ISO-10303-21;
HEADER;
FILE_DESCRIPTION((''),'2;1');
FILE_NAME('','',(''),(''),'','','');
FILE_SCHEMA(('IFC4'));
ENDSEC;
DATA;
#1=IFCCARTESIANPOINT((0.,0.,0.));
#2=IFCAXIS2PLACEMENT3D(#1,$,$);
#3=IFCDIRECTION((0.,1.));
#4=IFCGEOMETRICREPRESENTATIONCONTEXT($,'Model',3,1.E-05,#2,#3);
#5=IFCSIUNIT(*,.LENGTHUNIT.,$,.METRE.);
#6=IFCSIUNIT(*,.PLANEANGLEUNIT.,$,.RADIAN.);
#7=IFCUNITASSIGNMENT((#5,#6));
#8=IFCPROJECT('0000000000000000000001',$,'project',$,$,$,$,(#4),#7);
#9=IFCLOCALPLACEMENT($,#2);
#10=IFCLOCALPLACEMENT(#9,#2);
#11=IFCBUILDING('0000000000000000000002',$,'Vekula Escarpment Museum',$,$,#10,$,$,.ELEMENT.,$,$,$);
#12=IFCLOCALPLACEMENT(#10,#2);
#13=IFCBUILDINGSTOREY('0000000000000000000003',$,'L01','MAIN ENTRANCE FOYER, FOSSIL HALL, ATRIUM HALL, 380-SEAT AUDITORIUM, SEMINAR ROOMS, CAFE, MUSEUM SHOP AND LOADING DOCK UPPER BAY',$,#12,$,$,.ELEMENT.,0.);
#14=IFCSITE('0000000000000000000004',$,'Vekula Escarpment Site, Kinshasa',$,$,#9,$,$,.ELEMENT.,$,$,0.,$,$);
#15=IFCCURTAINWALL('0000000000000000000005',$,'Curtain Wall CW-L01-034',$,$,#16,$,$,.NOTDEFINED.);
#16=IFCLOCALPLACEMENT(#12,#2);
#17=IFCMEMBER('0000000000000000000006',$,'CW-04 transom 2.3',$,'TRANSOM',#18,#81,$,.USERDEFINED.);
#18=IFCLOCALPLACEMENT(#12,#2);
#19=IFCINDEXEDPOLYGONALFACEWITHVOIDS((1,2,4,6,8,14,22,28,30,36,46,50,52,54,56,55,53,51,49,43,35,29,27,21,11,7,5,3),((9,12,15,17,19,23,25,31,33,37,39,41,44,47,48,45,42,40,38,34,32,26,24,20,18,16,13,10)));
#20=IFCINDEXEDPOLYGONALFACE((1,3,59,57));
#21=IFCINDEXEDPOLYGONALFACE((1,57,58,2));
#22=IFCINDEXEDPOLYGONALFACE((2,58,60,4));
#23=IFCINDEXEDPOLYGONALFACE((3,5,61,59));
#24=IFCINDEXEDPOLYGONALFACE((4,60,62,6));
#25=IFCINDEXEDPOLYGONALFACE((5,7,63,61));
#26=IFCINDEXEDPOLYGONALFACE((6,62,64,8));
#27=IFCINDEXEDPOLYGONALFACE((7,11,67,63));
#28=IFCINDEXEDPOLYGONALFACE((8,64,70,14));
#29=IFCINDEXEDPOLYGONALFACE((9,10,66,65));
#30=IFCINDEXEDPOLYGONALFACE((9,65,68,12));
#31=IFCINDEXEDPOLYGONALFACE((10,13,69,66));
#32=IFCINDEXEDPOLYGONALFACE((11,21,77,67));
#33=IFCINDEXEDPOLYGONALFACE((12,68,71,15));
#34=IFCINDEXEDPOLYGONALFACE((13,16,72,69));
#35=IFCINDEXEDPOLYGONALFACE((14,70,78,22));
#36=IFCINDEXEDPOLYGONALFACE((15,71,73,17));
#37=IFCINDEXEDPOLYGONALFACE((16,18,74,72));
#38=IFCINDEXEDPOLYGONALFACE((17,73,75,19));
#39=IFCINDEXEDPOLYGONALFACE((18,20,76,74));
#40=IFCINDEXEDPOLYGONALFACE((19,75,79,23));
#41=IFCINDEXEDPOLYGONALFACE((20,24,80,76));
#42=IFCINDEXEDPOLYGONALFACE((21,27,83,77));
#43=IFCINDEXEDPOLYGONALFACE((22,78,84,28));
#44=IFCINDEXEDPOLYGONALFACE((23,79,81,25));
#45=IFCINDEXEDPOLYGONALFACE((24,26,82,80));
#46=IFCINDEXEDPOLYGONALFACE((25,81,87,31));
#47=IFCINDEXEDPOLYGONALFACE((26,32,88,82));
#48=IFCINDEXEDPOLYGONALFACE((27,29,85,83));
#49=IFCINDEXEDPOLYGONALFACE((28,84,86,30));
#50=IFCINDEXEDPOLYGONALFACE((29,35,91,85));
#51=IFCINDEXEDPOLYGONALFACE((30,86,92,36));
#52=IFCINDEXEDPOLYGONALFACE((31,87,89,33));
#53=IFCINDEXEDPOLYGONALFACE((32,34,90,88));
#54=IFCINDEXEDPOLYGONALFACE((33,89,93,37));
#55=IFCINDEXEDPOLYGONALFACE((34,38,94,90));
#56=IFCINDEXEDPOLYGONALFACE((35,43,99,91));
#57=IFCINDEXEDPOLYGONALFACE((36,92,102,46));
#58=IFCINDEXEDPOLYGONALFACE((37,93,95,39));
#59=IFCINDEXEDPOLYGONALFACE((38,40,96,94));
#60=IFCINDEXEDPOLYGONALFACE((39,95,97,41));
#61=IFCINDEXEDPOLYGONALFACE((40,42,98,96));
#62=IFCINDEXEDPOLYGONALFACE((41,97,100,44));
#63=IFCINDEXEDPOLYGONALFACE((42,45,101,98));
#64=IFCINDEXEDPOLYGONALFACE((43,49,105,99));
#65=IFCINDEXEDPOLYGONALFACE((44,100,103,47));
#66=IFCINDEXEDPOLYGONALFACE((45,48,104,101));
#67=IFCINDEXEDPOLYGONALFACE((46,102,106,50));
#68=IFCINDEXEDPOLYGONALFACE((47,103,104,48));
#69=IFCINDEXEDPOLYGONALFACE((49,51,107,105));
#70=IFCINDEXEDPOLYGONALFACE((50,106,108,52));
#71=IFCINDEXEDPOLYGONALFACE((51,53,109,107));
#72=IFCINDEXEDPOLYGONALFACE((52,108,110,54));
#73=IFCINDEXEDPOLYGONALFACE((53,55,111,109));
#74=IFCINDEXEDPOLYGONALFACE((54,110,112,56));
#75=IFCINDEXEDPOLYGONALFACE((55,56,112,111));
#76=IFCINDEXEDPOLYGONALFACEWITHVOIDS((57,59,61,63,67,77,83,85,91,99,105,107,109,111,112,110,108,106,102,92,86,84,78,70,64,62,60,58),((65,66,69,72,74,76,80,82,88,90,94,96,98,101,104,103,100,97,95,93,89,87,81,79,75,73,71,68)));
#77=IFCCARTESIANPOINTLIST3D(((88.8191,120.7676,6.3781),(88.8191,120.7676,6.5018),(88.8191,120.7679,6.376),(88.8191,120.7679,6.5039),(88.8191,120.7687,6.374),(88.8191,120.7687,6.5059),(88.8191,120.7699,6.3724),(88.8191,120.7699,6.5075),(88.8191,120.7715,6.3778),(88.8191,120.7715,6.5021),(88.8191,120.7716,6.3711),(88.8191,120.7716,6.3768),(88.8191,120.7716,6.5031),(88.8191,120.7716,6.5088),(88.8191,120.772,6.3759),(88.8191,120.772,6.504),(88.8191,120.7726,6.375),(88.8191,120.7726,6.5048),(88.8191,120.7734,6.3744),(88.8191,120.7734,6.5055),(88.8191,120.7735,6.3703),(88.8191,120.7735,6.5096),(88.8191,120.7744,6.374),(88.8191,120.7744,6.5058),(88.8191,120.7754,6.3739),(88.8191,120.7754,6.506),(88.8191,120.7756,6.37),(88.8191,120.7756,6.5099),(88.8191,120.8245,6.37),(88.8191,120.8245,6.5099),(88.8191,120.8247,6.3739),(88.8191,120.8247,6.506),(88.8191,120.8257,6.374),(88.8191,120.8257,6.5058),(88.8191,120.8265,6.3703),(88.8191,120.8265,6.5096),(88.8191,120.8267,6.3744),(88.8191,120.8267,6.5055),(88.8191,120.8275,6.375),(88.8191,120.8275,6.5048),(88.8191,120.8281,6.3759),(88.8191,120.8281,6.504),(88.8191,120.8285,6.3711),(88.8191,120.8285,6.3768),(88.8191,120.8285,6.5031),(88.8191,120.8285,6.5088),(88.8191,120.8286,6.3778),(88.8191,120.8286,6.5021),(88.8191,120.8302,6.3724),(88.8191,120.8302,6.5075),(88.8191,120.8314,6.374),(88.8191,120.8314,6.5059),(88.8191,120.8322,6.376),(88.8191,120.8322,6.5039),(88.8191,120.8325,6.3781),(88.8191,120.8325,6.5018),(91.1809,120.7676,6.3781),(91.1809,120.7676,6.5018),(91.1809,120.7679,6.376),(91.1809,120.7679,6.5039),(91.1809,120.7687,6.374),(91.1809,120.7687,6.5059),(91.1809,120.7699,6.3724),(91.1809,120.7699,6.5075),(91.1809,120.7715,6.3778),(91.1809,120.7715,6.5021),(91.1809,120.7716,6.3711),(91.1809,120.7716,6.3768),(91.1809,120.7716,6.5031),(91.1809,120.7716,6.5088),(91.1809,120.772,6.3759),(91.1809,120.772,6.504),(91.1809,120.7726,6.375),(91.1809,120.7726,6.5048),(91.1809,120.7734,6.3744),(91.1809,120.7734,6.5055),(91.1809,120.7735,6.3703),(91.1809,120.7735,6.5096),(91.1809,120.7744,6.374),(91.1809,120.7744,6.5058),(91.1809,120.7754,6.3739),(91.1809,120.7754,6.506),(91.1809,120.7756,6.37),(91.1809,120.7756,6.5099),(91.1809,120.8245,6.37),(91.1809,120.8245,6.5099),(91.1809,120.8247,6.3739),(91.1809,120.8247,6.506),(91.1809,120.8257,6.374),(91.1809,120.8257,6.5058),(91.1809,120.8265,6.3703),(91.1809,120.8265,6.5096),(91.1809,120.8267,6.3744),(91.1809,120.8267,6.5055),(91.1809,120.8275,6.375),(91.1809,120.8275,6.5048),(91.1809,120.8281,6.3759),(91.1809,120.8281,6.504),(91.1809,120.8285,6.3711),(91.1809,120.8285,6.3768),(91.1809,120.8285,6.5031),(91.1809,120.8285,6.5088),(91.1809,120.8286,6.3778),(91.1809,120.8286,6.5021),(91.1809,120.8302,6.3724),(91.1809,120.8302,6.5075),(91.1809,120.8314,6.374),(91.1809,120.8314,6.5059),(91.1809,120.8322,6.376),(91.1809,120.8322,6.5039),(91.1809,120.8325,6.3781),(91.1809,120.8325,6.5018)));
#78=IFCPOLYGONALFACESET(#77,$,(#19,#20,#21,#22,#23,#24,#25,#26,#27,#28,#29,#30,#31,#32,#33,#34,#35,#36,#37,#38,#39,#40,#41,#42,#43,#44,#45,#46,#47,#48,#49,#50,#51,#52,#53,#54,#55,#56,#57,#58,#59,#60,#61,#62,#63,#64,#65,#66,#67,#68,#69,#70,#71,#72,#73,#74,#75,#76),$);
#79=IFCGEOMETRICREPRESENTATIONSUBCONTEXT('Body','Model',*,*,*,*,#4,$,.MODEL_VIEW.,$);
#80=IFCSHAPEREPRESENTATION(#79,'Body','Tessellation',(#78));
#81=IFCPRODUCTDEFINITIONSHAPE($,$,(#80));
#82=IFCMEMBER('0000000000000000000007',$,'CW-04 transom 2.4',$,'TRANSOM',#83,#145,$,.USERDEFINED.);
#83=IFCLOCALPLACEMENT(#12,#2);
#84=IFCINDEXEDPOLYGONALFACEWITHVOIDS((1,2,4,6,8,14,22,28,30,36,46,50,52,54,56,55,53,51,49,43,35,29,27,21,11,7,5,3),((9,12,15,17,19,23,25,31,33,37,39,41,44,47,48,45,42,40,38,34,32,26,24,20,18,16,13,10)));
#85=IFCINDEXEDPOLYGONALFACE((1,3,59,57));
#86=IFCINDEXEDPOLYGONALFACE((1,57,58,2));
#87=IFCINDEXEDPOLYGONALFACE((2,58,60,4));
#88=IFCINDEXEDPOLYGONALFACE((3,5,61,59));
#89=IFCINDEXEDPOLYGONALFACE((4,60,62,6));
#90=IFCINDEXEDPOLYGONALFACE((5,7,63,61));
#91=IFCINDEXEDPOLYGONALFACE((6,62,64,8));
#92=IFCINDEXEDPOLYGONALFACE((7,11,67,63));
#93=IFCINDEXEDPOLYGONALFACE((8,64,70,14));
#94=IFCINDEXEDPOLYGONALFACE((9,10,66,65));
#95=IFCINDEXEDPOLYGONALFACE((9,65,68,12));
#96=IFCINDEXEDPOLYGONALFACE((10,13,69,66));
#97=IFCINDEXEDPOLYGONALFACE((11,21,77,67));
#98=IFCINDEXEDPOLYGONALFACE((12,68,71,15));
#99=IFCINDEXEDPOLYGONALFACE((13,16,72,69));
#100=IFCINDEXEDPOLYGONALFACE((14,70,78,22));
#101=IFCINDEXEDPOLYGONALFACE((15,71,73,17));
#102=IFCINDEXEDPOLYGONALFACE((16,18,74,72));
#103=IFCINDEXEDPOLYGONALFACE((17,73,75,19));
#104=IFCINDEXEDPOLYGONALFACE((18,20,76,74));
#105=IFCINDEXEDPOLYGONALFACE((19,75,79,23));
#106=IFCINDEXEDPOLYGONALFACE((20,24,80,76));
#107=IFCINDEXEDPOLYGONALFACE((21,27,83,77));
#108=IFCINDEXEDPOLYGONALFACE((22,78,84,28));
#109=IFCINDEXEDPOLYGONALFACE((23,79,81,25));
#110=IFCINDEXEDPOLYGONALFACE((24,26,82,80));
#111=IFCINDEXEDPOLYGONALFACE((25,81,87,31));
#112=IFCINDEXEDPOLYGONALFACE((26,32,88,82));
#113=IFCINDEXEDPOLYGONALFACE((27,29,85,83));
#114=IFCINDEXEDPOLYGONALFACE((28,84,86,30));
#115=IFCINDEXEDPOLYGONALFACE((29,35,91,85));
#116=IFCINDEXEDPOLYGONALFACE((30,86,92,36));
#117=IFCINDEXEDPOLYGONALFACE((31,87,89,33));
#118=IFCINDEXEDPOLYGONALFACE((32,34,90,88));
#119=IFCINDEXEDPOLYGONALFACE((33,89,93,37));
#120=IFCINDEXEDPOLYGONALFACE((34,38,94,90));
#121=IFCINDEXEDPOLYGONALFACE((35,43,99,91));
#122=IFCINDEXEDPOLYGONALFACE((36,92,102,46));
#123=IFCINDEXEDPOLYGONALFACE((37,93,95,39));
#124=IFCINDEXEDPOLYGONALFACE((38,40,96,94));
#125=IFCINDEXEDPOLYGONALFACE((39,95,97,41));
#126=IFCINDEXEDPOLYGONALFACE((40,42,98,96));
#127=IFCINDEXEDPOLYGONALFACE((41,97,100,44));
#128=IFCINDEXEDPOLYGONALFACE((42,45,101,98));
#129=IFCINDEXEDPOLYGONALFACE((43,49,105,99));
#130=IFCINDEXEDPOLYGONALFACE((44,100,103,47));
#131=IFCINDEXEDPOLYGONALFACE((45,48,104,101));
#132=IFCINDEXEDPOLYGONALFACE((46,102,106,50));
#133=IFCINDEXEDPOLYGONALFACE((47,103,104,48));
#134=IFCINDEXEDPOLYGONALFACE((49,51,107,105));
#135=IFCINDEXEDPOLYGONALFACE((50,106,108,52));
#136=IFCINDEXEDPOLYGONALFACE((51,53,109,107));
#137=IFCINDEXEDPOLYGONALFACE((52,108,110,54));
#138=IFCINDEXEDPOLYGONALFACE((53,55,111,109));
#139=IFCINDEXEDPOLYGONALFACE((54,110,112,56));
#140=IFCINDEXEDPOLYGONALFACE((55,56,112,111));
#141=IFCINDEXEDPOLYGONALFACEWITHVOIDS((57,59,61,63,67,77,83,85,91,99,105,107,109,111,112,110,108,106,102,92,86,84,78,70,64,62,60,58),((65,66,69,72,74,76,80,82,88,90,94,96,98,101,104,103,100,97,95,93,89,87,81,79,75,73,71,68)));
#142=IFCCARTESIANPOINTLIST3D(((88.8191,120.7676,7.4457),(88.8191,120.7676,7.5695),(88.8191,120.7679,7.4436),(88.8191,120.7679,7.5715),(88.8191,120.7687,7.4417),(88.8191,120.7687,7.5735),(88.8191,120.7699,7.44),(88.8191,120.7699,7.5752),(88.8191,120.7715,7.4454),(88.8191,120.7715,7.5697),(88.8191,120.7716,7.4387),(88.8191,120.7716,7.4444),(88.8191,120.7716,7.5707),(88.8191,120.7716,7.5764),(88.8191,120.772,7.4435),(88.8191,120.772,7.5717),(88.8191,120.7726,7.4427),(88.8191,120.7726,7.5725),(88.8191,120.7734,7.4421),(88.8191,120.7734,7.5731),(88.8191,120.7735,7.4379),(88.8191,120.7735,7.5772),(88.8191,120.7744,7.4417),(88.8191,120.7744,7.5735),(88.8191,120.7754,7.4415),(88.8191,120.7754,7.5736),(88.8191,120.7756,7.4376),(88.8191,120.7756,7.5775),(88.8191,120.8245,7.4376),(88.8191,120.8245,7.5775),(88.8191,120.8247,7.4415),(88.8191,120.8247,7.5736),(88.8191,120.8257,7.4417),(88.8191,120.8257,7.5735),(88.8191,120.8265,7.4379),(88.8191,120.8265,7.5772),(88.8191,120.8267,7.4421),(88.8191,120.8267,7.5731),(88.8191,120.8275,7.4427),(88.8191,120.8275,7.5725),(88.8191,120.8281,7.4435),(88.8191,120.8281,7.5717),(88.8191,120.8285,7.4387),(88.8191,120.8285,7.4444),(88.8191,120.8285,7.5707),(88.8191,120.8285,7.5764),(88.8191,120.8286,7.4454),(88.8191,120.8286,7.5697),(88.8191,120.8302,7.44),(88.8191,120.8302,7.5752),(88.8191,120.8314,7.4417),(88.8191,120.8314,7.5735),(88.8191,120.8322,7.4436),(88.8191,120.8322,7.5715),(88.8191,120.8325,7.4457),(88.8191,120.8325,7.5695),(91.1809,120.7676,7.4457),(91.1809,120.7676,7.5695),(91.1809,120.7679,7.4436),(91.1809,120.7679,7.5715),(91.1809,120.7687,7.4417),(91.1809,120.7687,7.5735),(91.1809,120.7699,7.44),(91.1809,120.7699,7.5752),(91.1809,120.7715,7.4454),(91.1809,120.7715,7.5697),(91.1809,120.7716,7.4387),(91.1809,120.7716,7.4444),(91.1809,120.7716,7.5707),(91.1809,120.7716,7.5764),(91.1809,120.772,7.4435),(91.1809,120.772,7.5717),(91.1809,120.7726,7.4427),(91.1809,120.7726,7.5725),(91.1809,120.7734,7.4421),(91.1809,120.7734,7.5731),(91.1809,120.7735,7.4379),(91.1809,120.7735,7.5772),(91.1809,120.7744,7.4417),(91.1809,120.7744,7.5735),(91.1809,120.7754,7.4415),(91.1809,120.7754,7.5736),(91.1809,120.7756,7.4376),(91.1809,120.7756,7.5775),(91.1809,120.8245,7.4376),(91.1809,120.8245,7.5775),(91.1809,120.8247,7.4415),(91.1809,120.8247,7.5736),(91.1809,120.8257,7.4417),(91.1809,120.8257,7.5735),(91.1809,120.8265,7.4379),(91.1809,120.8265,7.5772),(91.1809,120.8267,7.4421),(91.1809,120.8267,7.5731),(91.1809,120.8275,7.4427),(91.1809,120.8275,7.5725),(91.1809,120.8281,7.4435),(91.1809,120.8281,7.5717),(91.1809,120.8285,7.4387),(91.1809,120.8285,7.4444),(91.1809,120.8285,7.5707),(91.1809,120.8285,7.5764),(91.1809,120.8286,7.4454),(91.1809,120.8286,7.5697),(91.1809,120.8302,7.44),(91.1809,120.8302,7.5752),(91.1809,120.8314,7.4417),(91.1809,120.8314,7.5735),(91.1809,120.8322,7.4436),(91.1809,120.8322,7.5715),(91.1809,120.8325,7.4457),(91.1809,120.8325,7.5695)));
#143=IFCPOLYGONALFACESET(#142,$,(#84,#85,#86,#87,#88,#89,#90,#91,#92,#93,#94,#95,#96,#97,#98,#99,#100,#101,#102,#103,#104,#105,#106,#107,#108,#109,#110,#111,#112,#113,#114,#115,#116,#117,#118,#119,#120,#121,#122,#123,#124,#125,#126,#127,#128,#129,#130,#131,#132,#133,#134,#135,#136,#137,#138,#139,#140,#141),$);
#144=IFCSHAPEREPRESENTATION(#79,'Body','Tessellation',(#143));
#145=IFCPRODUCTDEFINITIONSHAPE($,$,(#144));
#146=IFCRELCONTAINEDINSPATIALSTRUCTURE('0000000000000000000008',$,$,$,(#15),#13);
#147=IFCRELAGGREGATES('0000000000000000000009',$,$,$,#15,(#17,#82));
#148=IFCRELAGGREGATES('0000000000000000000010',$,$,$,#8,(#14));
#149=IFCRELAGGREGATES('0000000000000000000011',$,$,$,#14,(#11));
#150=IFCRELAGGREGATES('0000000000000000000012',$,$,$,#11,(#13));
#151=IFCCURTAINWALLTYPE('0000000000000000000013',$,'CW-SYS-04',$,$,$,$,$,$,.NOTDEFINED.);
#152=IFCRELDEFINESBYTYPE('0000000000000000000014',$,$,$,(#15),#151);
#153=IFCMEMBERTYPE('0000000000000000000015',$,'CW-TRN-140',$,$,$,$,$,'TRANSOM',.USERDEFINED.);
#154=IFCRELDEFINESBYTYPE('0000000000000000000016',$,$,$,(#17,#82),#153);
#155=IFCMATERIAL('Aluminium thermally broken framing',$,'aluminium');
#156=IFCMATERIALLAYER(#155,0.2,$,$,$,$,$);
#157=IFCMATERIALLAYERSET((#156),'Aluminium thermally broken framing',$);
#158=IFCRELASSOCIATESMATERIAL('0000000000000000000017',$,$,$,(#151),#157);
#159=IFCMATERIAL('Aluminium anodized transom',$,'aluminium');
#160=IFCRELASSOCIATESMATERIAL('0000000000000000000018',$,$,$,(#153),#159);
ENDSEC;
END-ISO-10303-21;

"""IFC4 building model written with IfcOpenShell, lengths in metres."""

from ifc_helpers import new_model, si_unit, direction, frame, origin, origin_2d, place, context, subcontext, project, spatial, hollow_rectangle, extrude, material, layer, layer_set, material_profile, profile_set, type_object, element, aggregate, save


model = new_model("IFC4")

# Units and contexts
model_context = context("Model", 3, precision=1e-05, world=origin(), true_north=direction((0.0, 1.0)))
body_context = subcontext(model_context, "Body", "Model", "MODEL_VIEW")
ifc_project = project(units=[si_unit("LENGTHUNIT", "METRE"), si_unit("PLANEANGLEUNIT", "RADIAN")], contexts=[model_context])

# Site, building, storey
site_placement = place(None, origin())
site = spatial("IfcSite", under=ifc_project, at=site_placement, Name="Vekula Escarpment Site, Kinshasa", CompositionType="ELEMENT", RefElevation=0.0)
building_placement = place(site_placement, origin())
building = spatial("IfcBuilding", under=site, at=building_placement, Name="Vekula Escarpment Museum", CompositionType="ELEMENT")
storey_placement = place(building_placement, origin())
storey = spatial("IfcBuildingStorey", under=building, at=storey_placement, Name="L01", Description="MAIN ENTRANCE FOYER, FOSSIL HALL, ATRIUM HALL, 380-SEAT AUDITORIUM, SEMINAR ROOMS, CAFE, MUSEUM SHOP AND LOADING DOCK UPPER BAY", CompositionType="ELEMENT", Elevation=0.0)

# Curtain wall
ifc_material_1 = material(Name="Aluminium thermally broken framing", Category="aluminium")
ifc_layer_1 = layer(ifc_material_1, 0.2)
ifc_layer_set_1 = layer_set([ifc_layer_1], Name="Aluminium thermally broken framing")
curtain_wall_type_1 = type_object("IfcCurtainWallType", Name="CW-SYS-04", PredefinedType="NOTDEFINED", material=ifc_layer_set_1)
curtain_wall_1_placement = place(storey_placement, origin())
curtain_wall_1 = element("IfcCurtainWall", 1, at=curtain_wall_1_placement, inside=storey, type_object=curtain_wall_type_1, Name="Curtain Wall CW-L01-034", PredefinedType="NOTDEFINED")

# Members
ifc_material_2 = material(Name="Aluminium anodized transom", Category="aluminium")
ifc_material_profile_1 = material_profile(ifc_material_2, hollow_rectangle(XDim=0.0649, YDim=0.1399, WallThickness=0.0039, InnerFilletRadius=0.0039, OuterFilletRadius=0.0081, at=origin_2d()), Name="ALU 140x65x4")
ifc_profile_set_1 = profile_set([ifc_material_profile_1], Name="Aluminium anodized transom")
member_type_1 = type_object("IfcMemberType", Name="CW-TRN-140", ElementType="TRANSOM", PredefinedType="USERDEFINED", material=ifc_profile_set_1)
member_1_placement = place(storey_placement, frame((88.8191, 120.8, 6.4399), z_axis=(1.0, 0.0, 0.0), x_axis=(0.0, 1.0, 0.0)))
member_1 = element("IfcMember", 2, at=member_1_placement, type_object=member_type_1, Name="CW-04 transom 2.3", ObjectType="TRANSOM", PredefinedType="USERDEFINED", context=body_context, shape_type="SweptSolid", body=[
    extrude(hollow_rectangle(XDim=0.0649, YDim=0.1399, WallThickness=0.0039, InnerFilletRadius=0.0039, OuterFilletRadius=0.0081, at=origin_2d()), origin(), (0.0, 0.0, 1.0), 2.3618),
])
member_2_placement = place(storey_placement, frame((88.8191, 120.8, 7.5076), z_axis=(1.0, 0.0, 0.0), x_axis=(0.0, 1.0, 0.0)))
member_2 = element("IfcMember", 3, at=member_2_placement, type_object=member_type_1, Name="CW-04 transom 2.4", ObjectType="TRANSOM", PredefinedType="USERDEFINED", context=body_context, shape_type="SweptSolid", body=[
    extrude(hollow_rectangle(XDim=0.0649, YDim=0.1399, WallThickness=0.0039, InnerFilletRadius=0.0039, OuterFilletRadius=0.0081, at=origin_2d()), origin(), (0.0, 0.0, 1.0), 2.3618),
])

aggregate(curtain_wall_1, [member_1, member_2])

save(model, "model.ifc")
